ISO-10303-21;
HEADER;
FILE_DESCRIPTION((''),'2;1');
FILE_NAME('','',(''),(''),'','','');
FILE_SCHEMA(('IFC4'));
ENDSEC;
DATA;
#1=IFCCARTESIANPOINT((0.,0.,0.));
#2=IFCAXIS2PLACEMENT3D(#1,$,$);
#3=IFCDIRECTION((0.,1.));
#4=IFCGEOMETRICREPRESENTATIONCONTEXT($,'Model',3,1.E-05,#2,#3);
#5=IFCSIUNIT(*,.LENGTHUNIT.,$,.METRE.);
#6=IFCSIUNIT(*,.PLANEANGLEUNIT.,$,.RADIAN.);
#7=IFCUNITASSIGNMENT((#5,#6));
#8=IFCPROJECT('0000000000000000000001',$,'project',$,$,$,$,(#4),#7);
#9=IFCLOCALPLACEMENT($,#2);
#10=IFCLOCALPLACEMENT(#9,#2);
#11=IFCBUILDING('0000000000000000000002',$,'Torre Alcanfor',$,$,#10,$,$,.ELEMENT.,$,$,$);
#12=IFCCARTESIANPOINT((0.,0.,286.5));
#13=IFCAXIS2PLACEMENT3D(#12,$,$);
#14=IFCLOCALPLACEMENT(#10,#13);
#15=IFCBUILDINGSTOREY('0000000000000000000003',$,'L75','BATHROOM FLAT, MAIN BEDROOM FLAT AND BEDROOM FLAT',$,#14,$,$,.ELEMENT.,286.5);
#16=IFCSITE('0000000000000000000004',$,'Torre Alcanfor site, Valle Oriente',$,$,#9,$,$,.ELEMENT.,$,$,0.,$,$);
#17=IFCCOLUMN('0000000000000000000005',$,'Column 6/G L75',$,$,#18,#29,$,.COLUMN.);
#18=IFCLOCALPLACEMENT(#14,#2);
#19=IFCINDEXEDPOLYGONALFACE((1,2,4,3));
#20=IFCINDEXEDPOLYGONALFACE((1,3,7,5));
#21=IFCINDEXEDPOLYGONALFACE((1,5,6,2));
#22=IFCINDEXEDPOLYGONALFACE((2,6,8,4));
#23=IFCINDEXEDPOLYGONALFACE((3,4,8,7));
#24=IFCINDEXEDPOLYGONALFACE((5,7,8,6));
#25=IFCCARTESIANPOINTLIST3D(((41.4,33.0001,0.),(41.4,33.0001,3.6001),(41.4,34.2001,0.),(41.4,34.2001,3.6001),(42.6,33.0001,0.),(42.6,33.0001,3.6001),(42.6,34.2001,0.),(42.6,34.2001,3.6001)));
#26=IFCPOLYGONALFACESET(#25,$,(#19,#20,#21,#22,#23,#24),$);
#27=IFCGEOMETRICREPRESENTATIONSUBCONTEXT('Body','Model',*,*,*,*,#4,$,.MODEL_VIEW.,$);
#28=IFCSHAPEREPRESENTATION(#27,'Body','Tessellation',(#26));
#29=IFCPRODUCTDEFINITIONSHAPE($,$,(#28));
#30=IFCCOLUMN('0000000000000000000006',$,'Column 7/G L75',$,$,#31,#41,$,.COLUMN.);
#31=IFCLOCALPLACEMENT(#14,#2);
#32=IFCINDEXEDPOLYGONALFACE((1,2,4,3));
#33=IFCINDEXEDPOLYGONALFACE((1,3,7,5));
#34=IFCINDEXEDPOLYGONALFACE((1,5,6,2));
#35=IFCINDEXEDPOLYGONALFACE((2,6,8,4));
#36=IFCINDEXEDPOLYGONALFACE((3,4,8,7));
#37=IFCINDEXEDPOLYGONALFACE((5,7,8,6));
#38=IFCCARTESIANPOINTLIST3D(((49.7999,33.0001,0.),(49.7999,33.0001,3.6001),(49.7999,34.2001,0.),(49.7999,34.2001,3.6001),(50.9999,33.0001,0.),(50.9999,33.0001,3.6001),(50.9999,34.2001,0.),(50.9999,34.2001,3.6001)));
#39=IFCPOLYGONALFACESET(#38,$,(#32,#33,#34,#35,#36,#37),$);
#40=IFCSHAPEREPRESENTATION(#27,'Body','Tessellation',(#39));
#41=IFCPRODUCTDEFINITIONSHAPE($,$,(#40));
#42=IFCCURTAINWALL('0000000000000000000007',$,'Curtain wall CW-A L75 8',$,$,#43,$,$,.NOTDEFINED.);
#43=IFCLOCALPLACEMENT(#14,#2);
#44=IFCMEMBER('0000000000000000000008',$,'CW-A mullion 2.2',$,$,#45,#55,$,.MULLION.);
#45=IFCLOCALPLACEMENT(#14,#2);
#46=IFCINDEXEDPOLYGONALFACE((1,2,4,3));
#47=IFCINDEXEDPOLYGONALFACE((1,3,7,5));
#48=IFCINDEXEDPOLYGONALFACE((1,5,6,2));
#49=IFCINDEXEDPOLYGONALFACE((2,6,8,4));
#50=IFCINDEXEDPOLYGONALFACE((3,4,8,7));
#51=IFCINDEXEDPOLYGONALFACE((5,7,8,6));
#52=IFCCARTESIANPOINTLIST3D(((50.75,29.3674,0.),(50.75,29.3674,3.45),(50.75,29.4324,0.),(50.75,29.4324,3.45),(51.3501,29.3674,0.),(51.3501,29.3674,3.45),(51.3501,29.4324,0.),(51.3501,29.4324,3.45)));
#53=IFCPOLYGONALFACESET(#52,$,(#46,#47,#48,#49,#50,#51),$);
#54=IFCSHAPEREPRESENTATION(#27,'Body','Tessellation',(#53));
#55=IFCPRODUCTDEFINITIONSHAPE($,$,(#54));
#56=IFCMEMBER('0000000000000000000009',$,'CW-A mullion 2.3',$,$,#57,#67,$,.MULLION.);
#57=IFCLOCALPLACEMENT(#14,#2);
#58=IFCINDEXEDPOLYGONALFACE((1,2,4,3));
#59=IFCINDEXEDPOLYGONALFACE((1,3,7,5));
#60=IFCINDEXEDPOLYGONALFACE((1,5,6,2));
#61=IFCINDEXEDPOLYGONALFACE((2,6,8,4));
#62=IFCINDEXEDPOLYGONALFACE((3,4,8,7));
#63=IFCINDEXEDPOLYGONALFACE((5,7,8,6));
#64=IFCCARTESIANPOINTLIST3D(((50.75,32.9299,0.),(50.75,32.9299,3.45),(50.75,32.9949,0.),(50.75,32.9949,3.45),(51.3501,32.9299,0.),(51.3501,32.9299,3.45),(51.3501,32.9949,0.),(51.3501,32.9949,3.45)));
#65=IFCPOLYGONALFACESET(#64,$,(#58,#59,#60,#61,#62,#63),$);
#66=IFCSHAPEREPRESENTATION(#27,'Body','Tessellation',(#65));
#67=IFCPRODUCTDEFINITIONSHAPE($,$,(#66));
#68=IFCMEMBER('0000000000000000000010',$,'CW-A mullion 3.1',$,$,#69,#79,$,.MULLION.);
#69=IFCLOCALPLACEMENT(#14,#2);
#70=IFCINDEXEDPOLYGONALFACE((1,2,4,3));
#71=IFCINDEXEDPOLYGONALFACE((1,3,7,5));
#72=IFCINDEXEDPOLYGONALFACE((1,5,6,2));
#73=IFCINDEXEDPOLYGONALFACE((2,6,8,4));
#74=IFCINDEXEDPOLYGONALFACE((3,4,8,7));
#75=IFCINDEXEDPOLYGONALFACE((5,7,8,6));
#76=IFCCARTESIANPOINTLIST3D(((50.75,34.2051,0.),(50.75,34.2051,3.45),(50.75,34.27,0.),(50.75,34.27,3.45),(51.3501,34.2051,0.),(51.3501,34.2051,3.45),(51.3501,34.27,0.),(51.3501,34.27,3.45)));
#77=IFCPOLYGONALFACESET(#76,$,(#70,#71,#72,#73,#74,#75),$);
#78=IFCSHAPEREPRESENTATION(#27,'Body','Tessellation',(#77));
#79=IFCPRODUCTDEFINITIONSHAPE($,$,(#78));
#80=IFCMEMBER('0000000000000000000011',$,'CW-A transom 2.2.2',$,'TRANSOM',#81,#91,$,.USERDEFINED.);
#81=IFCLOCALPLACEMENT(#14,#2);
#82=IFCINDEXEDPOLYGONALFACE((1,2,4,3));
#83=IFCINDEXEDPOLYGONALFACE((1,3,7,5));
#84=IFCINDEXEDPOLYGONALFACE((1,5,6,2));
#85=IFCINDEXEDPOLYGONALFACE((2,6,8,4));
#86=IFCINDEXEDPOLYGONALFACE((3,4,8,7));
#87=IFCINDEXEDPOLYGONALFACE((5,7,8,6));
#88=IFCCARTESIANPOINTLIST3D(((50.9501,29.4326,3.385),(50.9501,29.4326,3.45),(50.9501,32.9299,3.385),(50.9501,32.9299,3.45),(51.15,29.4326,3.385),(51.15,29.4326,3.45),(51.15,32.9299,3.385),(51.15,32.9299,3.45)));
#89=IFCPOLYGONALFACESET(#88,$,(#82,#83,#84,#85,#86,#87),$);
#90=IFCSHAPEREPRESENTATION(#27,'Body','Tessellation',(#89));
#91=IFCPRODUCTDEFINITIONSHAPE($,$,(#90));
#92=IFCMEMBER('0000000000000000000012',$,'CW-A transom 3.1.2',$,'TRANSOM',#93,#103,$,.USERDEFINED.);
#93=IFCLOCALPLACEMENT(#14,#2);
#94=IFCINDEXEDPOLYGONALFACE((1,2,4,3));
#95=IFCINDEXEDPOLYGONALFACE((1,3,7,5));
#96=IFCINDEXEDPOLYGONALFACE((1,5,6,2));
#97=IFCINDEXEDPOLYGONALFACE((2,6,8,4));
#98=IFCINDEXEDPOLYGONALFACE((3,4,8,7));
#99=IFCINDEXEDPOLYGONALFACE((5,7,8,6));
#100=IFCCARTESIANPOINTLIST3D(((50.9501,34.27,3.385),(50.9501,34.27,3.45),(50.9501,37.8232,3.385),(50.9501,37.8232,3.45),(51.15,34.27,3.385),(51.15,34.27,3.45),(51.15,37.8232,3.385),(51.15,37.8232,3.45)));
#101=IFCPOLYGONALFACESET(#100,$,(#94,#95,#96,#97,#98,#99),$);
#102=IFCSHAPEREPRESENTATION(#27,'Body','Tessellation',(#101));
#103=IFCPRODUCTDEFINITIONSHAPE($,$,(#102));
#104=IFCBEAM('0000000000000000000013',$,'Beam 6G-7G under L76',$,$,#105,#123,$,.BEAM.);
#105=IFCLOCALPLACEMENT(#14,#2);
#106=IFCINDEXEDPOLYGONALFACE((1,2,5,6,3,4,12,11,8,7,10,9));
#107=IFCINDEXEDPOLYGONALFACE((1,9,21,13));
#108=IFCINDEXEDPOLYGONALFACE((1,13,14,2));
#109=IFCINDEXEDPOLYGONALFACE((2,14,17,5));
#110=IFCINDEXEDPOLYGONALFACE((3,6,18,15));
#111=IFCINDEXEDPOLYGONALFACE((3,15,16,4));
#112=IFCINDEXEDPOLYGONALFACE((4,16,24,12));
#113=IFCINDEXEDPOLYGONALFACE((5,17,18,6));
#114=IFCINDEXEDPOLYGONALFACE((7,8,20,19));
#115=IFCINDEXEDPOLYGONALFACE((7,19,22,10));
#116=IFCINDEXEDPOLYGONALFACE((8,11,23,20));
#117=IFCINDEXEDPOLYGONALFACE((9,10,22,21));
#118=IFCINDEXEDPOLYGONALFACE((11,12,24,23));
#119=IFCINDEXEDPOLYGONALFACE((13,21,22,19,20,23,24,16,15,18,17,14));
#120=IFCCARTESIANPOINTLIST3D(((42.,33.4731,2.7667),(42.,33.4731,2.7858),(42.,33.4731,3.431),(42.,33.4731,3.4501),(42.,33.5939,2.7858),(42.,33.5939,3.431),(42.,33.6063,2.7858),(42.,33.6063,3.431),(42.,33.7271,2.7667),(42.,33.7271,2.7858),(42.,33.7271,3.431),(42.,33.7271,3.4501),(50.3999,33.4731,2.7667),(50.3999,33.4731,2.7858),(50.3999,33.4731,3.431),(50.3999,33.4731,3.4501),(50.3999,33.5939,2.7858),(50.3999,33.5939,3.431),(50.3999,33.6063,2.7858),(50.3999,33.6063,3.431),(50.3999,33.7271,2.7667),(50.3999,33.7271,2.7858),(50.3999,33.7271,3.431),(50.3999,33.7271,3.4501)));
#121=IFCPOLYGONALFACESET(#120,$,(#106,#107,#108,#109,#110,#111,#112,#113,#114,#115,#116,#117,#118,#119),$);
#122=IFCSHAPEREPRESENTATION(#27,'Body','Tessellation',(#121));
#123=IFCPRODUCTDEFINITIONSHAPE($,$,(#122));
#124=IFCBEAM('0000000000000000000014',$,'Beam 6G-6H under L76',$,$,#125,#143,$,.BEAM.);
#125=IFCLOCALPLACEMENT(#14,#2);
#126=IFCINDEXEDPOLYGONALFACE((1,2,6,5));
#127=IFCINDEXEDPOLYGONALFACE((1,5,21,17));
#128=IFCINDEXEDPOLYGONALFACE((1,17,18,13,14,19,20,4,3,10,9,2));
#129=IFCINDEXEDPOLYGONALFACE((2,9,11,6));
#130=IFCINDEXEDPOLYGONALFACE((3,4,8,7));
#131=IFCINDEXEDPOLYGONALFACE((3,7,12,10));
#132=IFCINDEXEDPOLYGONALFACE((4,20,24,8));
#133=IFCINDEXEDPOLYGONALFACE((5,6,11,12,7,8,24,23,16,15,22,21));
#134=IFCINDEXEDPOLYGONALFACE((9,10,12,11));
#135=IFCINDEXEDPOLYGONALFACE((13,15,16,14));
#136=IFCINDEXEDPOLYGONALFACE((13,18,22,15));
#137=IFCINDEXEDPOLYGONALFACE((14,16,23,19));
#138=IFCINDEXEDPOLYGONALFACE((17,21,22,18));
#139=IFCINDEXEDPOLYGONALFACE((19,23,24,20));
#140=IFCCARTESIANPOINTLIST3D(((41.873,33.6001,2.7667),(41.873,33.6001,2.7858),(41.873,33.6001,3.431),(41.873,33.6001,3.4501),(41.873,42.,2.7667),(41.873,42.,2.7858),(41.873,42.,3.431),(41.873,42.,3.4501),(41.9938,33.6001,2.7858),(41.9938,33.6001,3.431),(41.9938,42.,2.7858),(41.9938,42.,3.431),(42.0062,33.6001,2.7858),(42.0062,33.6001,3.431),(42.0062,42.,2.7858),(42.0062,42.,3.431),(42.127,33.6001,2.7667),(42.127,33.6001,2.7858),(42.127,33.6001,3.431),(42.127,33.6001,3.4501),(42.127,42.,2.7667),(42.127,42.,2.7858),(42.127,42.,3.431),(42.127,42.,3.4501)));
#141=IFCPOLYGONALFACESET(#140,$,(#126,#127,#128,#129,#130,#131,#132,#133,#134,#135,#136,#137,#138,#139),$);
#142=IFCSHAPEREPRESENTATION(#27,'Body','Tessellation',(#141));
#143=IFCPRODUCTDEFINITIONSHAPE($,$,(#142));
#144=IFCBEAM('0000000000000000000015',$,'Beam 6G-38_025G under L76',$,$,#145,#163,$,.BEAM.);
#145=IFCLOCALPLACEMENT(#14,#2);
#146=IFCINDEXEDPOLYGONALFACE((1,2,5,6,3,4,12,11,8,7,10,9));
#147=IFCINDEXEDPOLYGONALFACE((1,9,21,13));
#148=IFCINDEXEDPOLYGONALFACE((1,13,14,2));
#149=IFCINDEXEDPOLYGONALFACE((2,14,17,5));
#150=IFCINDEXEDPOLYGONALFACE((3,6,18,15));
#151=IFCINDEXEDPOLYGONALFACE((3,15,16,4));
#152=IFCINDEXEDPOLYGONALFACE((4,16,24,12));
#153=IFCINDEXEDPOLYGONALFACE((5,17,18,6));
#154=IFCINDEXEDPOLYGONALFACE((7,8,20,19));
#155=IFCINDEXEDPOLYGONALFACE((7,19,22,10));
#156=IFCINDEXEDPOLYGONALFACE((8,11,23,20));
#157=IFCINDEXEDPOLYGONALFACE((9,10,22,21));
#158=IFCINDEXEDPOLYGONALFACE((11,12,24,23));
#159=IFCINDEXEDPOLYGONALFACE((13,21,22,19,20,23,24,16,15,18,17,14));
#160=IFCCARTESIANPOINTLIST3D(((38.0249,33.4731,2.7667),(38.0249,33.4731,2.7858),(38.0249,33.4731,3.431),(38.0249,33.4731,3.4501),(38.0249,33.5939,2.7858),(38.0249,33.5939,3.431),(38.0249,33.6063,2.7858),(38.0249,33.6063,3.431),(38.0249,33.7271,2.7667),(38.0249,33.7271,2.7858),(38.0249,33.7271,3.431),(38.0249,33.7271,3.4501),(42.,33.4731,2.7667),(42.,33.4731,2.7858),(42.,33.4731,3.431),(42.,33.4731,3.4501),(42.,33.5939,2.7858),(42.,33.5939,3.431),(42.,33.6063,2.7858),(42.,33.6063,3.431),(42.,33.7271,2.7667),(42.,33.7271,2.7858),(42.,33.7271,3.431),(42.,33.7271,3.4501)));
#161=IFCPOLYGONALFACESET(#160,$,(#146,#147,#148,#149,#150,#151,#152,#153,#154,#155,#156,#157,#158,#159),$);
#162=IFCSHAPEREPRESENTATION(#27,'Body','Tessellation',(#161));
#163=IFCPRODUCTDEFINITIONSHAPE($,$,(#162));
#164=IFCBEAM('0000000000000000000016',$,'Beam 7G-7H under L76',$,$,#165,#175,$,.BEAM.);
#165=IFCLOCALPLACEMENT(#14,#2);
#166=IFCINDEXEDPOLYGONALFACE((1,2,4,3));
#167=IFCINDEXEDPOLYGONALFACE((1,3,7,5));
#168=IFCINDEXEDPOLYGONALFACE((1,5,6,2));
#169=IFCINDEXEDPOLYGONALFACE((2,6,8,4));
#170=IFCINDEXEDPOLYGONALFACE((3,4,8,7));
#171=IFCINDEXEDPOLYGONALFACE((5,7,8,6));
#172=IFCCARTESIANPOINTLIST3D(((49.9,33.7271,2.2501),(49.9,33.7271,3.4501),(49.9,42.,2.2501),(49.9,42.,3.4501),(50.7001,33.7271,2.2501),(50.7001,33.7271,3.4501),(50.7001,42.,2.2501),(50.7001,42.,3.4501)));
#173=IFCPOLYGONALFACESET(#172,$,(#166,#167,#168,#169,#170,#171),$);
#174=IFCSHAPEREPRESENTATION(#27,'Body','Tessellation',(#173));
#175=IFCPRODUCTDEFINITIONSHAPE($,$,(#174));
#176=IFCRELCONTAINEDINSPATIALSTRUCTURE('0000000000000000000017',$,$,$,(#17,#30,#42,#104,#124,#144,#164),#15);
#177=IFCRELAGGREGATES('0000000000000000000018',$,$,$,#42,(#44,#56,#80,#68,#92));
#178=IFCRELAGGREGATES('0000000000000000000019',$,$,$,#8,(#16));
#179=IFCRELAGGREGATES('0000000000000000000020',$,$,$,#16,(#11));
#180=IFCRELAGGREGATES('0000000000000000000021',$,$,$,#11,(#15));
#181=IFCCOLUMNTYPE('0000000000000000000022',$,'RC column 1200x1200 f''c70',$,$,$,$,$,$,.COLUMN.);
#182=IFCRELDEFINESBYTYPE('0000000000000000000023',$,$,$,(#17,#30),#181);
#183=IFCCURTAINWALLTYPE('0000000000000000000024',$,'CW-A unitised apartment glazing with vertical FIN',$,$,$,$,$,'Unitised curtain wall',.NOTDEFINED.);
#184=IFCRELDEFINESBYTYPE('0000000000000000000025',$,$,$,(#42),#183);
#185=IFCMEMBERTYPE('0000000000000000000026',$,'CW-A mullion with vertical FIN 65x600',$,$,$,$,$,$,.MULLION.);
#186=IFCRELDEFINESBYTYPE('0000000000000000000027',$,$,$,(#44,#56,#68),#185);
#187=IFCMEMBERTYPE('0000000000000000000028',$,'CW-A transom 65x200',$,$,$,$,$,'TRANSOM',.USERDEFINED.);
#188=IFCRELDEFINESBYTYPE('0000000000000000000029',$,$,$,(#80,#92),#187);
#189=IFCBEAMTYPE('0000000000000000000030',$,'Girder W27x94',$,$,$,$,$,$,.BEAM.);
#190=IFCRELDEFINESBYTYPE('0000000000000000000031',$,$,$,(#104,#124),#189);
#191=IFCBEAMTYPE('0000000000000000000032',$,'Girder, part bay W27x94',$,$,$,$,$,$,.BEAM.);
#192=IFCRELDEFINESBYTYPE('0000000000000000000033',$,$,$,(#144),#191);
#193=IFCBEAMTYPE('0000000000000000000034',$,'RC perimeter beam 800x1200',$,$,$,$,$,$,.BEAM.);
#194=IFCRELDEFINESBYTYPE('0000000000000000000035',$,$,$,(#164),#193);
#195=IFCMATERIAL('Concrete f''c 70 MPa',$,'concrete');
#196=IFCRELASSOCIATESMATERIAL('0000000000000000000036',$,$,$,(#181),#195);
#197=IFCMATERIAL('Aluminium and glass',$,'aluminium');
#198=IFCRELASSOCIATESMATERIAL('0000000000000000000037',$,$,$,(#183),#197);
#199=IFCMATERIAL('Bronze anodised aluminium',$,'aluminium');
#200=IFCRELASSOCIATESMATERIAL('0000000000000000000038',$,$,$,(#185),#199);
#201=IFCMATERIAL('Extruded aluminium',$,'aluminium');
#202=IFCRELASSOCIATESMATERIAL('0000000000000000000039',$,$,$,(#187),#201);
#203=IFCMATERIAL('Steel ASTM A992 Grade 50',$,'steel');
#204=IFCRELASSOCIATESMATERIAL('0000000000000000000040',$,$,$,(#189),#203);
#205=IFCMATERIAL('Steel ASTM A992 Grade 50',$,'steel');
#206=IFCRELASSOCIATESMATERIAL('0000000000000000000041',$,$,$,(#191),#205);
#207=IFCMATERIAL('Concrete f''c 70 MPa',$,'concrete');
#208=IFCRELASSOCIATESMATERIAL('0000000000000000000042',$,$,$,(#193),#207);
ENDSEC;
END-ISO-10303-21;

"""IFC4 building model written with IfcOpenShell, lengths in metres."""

from ifc_helpers import new_model, si_unit, direction, frame, origin, origin_2d, place, context, subcontext, project, spatial, rectangle, i_section, extrude, material, material_profile, profile_set, type_object, element, aggregate, save


model = new_model("IFC4")

# Units and contexts
model_context = context("Model", 3, precision=1e-05, world=origin(), true_north=direction((0.0, 1.0)))
body_context = subcontext(model_context, "Body", "Model", "MODEL_VIEW")
ifc_project = project(units=[si_unit("LENGTHUNIT", "METRE"), si_unit("PLANEANGLEUNIT", "RADIAN")], contexts=[model_context])

# Site, building, storey
site_placement = place(None, origin())
site = spatial("IfcSite", under=ifc_project, at=site_placement, Name="Torre Alcanfor site, Valle Oriente", CompositionType="ELEMENT", RefElevation=0.0)
building_placement = place(site_placement, origin())
building = spatial("IfcBuilding", under=site, at=building_placement, Name="Torre Alcanfor", CompositionType="ELEMENT")
storey_placement = place(building_placement, frame((0.0, 0.0, 286.5)))
storey = spatial("IfcBuildingStorey", under=building, at=storey_placement, Name="L75", Description="BATHROOM FLAT, MAIN BEDROOM FLAT AND BEDROOM FLAT", CompositionType="ELEMENT", Elevation=286.5)

# Columns
ifc_material_1 = material(Name="Concrete f'c 70 MPa", Category="concrete")
ifc_material_profile_1 = material_profile(ifc_material_1, rectangle(XDim=1.2, YDim=1.2, at=origin_2d()), Name="1200x1200")
ifc_profile_set_1 = profile_set([ifc_material_profile_1], Name="Concrete f'c 70 MPa")
column_type = type_object("IfcColumnType", Name="RC column 1200x1200 f'c70", PredefinedType="COLUMN", material=ifc_profile_set_1)
for number, where, z_axis, x_axis, name in (
    (1, (42.0, 33.6001, 0.0), (0.0, 0.0, 1.0), (1.0, 0.0, 0.0), "Column 6/G L75"),
    (2, (50.3999, 33.6001, 0.0), (0.0, 0.0, 1.0), (1.0, 0.0, 0.0), "Column 7/G L75"),
):
    element("IfcColumn", number, at=place(storey_placement, frame(where, z_axis=z_axis, x_axis=x_axis)), inside=storey, type_object=column_type, Name=name, PredefinedType="COLUMN", context=body_context, shape_type="SweptSolid", body=[
        extrude(rectangle(XDim=1.2, YDim=1.2, at=origin_2d()), origin(), (0.0, 0.0, 1.0), 3.6001),
    ])

# Curtain wall, members
ifc_material_2 = material(Name="Aluminium and glass", Category="aluminium")
curtain_wall_type = type_object("IfcCurtainWallType", Name="CW-A unitised apartment glazing with vertical FIN", ElementType="Unitised curtain wall", PredefinedType="NOTDEFINED", material=ifc_material_2)
curtain_wall_placement = place(storey_placement, origin())
curtain_wall = element("IfcCurtainWall", 3, at=curtain_wall_placement, inside=storey, type_object=curtain_wall_type, Name="Curtain wall CW-A L75 8", PredefinedType="NOTDEFINED")
ifc_material_3 = material(Name="Bronze anodised aluminium", Category="aluminium")
ifc_material_profile_2 = material_profile(ifc_material_3, rectangle(XDim=0.6001, YDim=0.0649, at=origin_2d()), Name="CW-A mullion 65x600")
ifc_profile_set_2 = profile_set([ifc_material_profile_2], Name="Bronze anodised aluminium")
member_type_1 = type_object("IfcMemberType", Name="CW-A mullion with vertical FIN 65x600", PredefinedType="MULLION", material=ifc_profile_set_2)
member_1_placement = place(storey_placement, frame((51.05, 29.3999, 0.0), z_axis=(0.0, 0.0, 1.0), x_axis=(-1.0, 0.0, 0.0)))
member_1 = element("IfcMember", 4, at=member_1_placement, type_object=member_type_1, Name="CW-A mullion 2.2", PredefinedType="MULLION", context=body_context, shape_type="SweptSolid", body=[
    extrude(rectangle(XDim=0.6001, YDim=0.0649, at=origin_2d()), origin(), (0.0, 0.0, 1.0), 3.45),
])
member_2_placement = place(storey_placement, frame((51.05, 32.9624, 0.0), z_axis=(0.0, 0.0, 1.0), x_axis=(-1.0, 0.0, 0.0)))
member_2 = element("IfcMember", 5, at=member_2_placement, type_object=member_type_1, Name="CW-A mullion 2.3", PredefinedType="MULLION", context=body_context, shape_type="SweptSolid", body=[
    extrude(rectangle(XDim=0.6001, YDim=0.0649, at=origin_2d()), origin(), (0.0, 0.0, 1.0), 3.45),
])
member_3_placement = place(storey_placement, frame((51.05, 34.2375, 0.0), z_axis=(0.0, 0.0, 1.0), x_axis=(-1.0, 0.0, 0.0)))
member_3 = element("IfcMember", 6, at=member_3_placement, type_object=member_type_1, Name="CW-A mullion 3.1", PredefinedType="MULLION", context=body_context, shape_type="SweptSolid", body=[
    extrude(rectangle(XDim=0.6001, YDim=0.0649, at=origin_2d()), origin(), (0.0, 0.0, 1.0), 3.45),
])
ifc_material_4 = material(Name="Extruded aluminium", Category="aluminium")
ifc_material_profile_3 = material_profile(ifc_material_4, rectangle(XDim=0.2, YDim=0.0649, at=origin_2d()), Name="CW-A transom 200x65")
ifc_profile_set_3 = profile_set([ifc_material_profile_3], Name="Extruded aluminium")
member_type_2 = type_object("IfcMemberType", Name="CW-A transom 65x200", ElementType="TRANSOM", PredefinedType="USERDEFINED", material=ifc_profile_set_3)
member_4_placement = place(storey_placement, frame((51.05, 29.4326, 3.4175), z_axis=(0.0, 1.0, 0.0), x_axis=(-1.0, 0.0, 0.0)))
member_4 = element("IfcMember", 7, at=member_4_placement, type_object=member_type_2, Name="CW-A transom 2.2.2", ObjectType="TRANSOM", PredefinedType="USERDEFINED", context=body_context, shape_type="SweptSolid", body=[
    extrude(rectangle(XDim=0.2, YDim=0.0649, at=origin_2d()), origin(), (0.0, 0.0, 1.0), 3.4973),
])
member_5_placement = place(storey_placement, frame((51.05, 34.27, 3.4175), z_axis=(0.0, 1.0, 0.0), x_axis=(-1.0, 0.0, 0.0)))
member_5 = element("IfcMember", 8, at=member_5_placement, type_object=member_type_2, Name="CW-A transom 3.1.2", ObjectType="TRANSOM", PredefinedType="USERDEFINED", context=body_context, shape_type="SweptSolid", body=[
    extrude(rectangle(XDim=0.2, YDim=0.0649, at=origin_2d()), origin(), (0.0, 0.0, 1.0), 3.5532),
])

# Beams
ifc_material_5 = material(Name="Steel ASTM A992 Grade 50", Category="steel")
ifc_material_profile_4 = material_profile(ifc_material_5, i_section(OverallWidth=0.2539, OverallDepth=0.6833, WebThickness=0.0125, FlangeThickness=0.019, at=origin_2d()), Name="W27x94")
ifc_profile_set_4 = profile_set([ifc_material_profile_4], Name="Steel ASTM A992 Grade 50")
beam_type_1 = type_object("IfcBeamType", Name="Girder W27x94", PredefinedType="BEAM", material=ifc_profile_set_4)
for number, where, z_axis, x_axis, name in (
    (9, (42.0, 33.6001, 3.1084), (1.0, 0.0, 0.0), (0.0, 1.0, 0.0), "Beam 6G-7G under L76"),
    (10, (42.0, 33.6001, 3.1084), (0.0, 1.0, 0.0), (-1.0, 0.0, 0.0), "Beam 6G-6H under L76"),
):
    element("IfcBeam", number, at=place(storey_placement, frame(where, z_axis=z_axis, x_axis=x_axis)), inside=storey, type_object=beam_type_1, Name=name, PredefinedType="BEAM", context=body_context, shape_type="SweptSolid", body=[
        extrude(i_section(OverallWidth=0.2539, OverallDepth=0.6833, WebThickness=0.0125, FlangeThickness=0.019, at=origin_2d()), origin(), (0.0, 0.0, 1.0), 8.3999),
    ])
ifc_material_6 = material(Name="Steel ASTM A992 Grade 50", Category="steel")
ifc_material_profile_5 = material_profile(ifc_material_6, i_section(OverallWidth=0.2539, OverallDepth=0.6833, WebThickness=0.0125, FlangeThickness=0.019, at=origin_2d()), Name="W27x94")
ifc_profile_set_5 = profile_set([ifc_material_profile_5], Name="Steel ASTM A992 Grade 50")
beam_type_2 = type_object("IfcBeamType", Name="Girder, part bay W27x94", PredefinedType="BEAM", material=ifc_profile_set_5)
beam_1_placement = place(storey_placement, frame((42.0, 33.6001, 3.1084), z_axis=(-1.0, 0.0, 0.0), x_axis=(0.0, -1.0, 0.0)))
element("IfcBeam", 11, at=beam_1_placement, inside=storey, type_object=beam_type_2, Name="Beam 6G-38_025G under L76", PredefinedType="BEAM", context=body_context, shape_type="SweptSolid", body=[
    extrude(i_section(OverallWidth=0.2539, OverallDepth=0.6833, WebThickness=0.0125, FlangeThickness=0.019, at=origin_2d()), origin(), (0.0, 0.0, 1.0), 3.9751),
])
ifc_material_7 = material(Name="Concrete f'c 70 MPa", Category="concrete")
ifc_material_profile_6 = material_profile(ifc_material_7, rectangle(XDim=0.8, YDim=1.2, at=origin_2d()), Name="800x1200")
ifc_profile_set_6 = profile_set([ifc_material_profile_6], Name="Concrete f'c 70 MPa")
beam_type_3 = type_object("IfcBeamType", Name="RC perimeter beam 800x1200", PredefinedType="BEAM", material=ifc_profile_set_6)
beam_2_placement = place(storey_placement, frame((50.3, 33.7271, 2.8501), z_axis=(0.0, 1.0, 0.0), x_axis=(-1.0, 0.0, 0.0)))
element("IfcBeam", 12, at=beam_2_placement, inside=storey, type_object=beam_type_3, Name="Beam 7G-7H under L76", PredefinedType="BEAM", context=body_context, shape_type="SweptSolid", body=[
    extrude(rectangle(XDim=0.8, YDim=1.2, at=origin_2d()), origin(), (0.0, 0.0, 1.0), 8.2729),
])

aggregate(curtain_wall, [member_1, member_2, member_4, member_3, member_5])

save(model, "model.ifc")
